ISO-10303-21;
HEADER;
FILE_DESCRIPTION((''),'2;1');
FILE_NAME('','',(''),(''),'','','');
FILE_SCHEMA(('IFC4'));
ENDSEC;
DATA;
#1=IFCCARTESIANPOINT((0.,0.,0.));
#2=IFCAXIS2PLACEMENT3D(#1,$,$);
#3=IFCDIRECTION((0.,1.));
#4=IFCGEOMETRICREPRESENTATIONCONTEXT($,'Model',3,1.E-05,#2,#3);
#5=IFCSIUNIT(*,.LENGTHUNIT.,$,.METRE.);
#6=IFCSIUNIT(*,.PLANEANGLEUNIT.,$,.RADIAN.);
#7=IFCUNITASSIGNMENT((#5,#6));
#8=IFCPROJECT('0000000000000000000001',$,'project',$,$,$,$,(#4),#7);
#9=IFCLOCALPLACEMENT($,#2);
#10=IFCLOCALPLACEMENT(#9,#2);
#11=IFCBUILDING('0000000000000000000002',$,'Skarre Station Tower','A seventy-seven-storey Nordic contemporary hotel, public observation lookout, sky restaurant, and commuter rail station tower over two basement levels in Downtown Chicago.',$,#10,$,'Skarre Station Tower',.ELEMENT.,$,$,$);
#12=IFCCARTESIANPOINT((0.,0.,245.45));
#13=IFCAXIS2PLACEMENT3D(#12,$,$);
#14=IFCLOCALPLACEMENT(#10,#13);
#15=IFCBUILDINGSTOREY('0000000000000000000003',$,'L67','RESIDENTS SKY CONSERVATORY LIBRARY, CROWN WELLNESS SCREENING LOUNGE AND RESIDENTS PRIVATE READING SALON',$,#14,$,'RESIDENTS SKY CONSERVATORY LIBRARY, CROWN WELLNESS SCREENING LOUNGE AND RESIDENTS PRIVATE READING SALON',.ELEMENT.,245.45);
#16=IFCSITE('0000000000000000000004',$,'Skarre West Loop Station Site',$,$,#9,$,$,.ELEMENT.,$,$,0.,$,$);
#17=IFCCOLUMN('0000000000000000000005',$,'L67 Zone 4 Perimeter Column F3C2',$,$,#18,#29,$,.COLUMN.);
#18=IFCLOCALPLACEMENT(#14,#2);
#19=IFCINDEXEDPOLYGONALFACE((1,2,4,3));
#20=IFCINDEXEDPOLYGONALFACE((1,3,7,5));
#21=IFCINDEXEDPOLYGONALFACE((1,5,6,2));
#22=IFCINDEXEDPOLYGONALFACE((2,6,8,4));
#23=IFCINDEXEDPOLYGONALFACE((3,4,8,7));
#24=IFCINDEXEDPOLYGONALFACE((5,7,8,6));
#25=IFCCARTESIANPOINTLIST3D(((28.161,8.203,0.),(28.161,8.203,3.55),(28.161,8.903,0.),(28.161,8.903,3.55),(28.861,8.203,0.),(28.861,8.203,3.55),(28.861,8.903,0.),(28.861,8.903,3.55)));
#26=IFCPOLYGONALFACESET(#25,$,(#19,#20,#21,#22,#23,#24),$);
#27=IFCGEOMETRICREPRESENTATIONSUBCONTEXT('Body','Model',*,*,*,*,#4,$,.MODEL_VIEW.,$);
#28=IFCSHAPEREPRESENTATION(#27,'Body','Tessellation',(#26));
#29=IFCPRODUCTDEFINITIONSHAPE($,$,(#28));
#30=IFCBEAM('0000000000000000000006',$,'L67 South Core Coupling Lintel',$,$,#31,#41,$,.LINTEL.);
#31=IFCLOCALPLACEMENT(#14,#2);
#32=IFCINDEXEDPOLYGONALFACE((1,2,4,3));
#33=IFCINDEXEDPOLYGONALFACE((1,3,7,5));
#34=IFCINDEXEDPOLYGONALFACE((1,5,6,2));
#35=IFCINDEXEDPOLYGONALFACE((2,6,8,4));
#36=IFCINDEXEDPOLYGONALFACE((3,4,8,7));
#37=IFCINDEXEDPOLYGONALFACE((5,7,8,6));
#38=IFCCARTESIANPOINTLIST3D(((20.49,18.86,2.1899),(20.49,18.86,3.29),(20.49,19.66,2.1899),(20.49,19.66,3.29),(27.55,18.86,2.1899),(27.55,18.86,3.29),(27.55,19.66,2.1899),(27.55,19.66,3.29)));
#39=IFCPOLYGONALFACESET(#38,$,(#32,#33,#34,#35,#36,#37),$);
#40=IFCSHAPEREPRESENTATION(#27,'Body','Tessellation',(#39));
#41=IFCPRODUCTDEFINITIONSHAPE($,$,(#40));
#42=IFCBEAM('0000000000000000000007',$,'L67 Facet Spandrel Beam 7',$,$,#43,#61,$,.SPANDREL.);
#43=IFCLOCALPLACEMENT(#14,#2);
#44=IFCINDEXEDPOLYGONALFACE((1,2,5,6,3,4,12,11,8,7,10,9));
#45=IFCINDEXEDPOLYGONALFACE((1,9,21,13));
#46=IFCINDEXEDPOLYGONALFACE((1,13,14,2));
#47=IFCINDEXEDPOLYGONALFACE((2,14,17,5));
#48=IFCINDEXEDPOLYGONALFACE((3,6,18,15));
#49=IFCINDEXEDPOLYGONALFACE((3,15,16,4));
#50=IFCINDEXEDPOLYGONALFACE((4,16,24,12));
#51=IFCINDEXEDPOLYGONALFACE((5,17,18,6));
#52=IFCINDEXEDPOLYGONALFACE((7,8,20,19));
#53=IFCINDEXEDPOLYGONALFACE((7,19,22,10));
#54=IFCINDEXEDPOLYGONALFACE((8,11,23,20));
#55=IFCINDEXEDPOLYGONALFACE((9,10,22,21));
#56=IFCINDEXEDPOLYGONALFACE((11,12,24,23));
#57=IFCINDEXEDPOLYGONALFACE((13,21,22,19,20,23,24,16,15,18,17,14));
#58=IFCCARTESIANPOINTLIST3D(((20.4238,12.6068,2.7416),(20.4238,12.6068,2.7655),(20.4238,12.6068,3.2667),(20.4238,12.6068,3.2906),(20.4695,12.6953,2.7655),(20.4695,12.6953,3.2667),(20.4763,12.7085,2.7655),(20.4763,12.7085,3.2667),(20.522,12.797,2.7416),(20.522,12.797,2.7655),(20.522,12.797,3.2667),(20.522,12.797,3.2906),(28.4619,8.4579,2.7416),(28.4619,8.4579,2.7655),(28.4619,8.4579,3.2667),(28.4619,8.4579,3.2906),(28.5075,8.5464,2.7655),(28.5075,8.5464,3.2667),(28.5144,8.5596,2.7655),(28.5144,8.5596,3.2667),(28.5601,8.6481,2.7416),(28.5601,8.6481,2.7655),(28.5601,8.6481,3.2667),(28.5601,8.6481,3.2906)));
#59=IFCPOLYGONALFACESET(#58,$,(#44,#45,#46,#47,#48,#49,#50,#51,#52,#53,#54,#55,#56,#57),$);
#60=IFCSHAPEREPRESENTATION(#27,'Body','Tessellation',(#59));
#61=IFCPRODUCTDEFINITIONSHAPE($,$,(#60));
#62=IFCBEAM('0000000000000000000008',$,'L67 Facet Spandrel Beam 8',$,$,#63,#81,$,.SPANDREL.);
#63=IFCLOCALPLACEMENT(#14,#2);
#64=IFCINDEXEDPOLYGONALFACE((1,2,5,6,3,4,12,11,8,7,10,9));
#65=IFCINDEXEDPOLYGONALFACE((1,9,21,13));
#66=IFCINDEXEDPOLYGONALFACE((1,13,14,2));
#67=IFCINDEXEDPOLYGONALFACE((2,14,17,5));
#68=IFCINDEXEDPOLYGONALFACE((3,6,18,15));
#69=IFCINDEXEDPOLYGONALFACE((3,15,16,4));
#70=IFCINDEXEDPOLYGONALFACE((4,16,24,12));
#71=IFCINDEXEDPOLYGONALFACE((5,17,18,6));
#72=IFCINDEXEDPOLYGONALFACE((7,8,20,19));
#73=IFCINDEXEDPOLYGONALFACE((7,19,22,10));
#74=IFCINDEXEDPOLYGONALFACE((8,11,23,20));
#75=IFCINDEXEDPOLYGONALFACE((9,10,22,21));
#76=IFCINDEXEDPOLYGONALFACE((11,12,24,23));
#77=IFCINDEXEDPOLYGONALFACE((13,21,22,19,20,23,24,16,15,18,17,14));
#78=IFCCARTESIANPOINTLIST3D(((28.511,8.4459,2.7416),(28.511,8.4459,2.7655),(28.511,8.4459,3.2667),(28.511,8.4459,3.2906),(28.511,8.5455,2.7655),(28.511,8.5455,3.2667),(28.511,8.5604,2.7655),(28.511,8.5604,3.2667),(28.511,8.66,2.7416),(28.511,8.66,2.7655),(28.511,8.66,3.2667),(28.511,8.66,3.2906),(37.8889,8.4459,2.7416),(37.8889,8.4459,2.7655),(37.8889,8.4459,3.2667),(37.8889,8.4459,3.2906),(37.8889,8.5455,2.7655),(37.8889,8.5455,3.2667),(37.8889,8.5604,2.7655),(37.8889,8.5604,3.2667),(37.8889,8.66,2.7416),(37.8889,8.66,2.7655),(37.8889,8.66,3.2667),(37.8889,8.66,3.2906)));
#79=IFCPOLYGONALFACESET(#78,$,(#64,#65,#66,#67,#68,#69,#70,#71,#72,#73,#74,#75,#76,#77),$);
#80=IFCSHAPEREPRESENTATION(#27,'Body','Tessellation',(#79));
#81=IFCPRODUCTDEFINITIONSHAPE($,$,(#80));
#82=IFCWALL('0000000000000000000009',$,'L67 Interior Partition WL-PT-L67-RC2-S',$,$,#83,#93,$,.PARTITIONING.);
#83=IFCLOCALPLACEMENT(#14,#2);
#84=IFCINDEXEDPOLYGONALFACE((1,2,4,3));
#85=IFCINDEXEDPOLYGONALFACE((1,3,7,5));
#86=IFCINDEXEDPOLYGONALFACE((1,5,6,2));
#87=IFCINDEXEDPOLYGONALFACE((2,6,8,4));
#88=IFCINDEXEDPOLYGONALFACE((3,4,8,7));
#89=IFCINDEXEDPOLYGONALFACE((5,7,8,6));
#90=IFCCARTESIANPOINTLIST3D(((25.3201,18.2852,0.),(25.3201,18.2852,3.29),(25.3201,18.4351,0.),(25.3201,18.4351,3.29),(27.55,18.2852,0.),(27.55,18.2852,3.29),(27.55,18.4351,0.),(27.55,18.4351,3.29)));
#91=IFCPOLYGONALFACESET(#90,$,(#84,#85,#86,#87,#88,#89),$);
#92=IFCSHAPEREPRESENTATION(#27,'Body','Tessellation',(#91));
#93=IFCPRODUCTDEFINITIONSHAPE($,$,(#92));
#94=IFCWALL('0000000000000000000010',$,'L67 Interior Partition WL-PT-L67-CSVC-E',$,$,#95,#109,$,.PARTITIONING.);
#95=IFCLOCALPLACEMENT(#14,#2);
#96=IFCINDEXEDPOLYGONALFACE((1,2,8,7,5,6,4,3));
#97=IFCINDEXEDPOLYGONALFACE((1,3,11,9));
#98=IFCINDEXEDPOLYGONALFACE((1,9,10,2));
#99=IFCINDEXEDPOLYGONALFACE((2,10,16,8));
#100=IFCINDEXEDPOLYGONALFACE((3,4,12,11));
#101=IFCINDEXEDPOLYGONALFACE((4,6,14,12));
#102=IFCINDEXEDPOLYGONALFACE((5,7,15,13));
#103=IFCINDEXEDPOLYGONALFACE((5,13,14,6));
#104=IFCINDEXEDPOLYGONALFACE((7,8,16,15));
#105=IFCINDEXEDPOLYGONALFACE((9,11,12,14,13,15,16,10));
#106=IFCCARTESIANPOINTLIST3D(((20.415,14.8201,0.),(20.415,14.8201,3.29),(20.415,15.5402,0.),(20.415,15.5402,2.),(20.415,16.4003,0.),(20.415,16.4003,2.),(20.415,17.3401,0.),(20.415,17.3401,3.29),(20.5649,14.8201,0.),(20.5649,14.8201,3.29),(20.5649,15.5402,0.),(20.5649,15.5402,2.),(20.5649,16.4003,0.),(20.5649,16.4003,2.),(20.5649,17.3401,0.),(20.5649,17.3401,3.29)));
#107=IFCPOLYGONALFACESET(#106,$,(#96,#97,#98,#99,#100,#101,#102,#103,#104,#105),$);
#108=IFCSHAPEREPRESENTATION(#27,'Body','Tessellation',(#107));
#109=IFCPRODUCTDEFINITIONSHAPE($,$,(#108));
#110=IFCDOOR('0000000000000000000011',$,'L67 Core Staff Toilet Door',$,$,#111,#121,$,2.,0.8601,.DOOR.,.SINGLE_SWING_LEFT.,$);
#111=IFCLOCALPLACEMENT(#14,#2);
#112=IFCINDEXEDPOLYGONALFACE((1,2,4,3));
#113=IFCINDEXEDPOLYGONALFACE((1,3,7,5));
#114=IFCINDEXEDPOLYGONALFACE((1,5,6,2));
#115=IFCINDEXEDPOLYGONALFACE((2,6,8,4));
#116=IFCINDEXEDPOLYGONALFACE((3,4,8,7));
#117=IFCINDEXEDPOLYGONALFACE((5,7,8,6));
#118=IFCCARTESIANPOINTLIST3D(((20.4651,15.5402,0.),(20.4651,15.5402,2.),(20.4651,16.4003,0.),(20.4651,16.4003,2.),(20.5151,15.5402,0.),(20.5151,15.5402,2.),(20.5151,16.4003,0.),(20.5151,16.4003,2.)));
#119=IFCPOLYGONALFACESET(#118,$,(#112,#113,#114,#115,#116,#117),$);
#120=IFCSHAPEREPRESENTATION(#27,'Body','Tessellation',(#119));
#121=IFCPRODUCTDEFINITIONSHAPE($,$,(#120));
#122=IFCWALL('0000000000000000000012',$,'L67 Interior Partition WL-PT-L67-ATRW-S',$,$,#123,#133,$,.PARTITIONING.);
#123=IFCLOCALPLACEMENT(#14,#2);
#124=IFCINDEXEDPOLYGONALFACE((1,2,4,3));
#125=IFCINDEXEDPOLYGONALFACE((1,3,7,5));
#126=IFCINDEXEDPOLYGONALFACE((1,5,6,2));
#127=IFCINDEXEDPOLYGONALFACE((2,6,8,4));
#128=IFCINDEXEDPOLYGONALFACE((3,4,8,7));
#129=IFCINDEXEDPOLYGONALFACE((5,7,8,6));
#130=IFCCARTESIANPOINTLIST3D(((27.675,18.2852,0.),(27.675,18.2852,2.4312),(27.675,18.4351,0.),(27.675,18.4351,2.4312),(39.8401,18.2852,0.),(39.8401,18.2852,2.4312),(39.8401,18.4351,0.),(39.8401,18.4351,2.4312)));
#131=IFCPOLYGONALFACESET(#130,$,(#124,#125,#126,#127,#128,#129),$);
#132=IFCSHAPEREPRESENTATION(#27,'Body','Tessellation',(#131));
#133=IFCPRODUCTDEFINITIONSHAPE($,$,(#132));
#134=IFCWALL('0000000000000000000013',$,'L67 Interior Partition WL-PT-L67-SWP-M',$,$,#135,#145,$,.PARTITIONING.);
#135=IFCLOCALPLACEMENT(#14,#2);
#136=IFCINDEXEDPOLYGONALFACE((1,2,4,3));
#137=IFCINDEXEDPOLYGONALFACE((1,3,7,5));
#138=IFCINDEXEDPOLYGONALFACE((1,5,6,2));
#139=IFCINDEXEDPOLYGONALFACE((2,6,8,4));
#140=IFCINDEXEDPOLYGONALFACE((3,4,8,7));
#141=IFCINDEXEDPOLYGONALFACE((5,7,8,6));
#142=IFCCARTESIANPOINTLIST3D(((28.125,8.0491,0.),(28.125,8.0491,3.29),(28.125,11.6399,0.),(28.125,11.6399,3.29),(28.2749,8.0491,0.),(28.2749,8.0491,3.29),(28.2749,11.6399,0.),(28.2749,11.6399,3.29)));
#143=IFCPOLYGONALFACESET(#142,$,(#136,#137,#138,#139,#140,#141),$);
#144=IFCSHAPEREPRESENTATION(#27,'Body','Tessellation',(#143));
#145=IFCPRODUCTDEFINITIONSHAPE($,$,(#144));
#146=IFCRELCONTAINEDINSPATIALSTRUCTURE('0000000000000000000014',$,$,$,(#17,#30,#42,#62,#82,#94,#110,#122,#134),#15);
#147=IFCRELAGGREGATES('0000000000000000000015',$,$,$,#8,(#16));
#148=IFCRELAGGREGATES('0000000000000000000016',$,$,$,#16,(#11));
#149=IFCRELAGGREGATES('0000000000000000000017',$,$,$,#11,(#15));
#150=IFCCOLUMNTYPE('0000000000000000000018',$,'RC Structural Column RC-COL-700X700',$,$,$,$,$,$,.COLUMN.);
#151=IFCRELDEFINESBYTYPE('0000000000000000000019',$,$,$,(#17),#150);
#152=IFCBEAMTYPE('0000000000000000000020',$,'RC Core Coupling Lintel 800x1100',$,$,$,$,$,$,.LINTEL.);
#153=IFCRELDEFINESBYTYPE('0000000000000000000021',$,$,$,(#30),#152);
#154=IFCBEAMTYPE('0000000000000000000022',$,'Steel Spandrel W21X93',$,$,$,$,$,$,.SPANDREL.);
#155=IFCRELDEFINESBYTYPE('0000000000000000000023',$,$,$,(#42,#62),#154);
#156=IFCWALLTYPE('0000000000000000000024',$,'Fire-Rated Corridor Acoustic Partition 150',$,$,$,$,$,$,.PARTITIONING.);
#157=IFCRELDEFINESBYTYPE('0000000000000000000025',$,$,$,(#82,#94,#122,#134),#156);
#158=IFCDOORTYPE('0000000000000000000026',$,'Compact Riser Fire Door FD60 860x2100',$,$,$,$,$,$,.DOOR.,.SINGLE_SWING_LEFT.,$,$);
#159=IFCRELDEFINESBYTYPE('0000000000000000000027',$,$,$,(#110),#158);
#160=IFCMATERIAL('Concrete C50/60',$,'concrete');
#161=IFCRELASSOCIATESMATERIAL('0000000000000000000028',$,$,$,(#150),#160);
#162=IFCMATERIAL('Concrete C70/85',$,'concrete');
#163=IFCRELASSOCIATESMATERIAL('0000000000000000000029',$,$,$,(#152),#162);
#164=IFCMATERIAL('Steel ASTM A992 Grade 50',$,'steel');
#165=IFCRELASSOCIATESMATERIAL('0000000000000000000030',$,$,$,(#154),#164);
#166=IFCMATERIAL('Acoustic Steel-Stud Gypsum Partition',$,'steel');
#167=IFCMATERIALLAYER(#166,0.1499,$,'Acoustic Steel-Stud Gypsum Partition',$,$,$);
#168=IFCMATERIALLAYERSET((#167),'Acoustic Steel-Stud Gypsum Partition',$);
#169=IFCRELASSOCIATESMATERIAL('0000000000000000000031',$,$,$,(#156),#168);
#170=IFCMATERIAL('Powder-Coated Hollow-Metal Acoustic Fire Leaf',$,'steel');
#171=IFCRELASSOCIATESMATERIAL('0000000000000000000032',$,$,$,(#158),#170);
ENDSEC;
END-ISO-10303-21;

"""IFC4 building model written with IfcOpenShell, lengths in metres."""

from ifc_helpers import new_model, si_unit, direction, frame, frame_2d, origin, origin_2d, place, context, subcontext, project, spatial, rectangle, i_section, extrude, material, layer, layer_set, material_profile, profile_set, type_object, element, fill, save


model = new_model("IFC4")

# Units and contexts
model_context = context("Model", 3, precision=1e-05, world=origin(), true_north=direction((0.0, 1.0)))
body_context = subcontext(model_context, "Body", "Model", "MODEL_VIEW")
ifc_project = project(units=[si_unit("LENGTHUNIT", "METRE"), si_unit("PLANEANGLEUNIT", "RADIAN")], contexts=[model_context])

# Site, building, storey
site_placement = place(None, origin())
site = spatial("IfcSite", under=ifc_project, at=site_placement, Name="Skarre West Loop Station Site", CompositionType="ELEMENT", RefElevation=0.0)
building_placement = place(site_placement, origin())
building = spatial("IfcBuilding", under=site, at=building_placement, Name="Skarre Station Tower", Description="A seventy-seven-storey Nordic contemporary hotel, public observation lookout, sky restaurant, and commuter rail station tower over two basement levels in Downtown Chicago.", LongName="Skarre Station Tower", CompositionType="ELEMENT")
storey_placement = place(building_placement, frame((0.0, 0.0, 245.45)))
storey = spatial("IfcBuildingStorey", under=building, at=storey_placement, Name="L67", Description="RESIDENTS SKY CONSERVATORY LIBRARY, CROWN WELLNESS SCREENING LOUNGE AND RESIDENTS PRIVATE READING SALON", LongName="RESIDENTS SKY CONSERVATORY LIBRARY, CROWN WELLNESS SCREENING LOUNGE AND RESIDENTS PRIVATE READING SALON", CompositionType="ELEMENT", Elevation=245.45)

# Column
ifc_material_1 = material(Name="Concrete C50/60", Category="concrete")
ifc_material_profile_1 = material_profile(ifc_material_1, rectangle(XDim=0.7, YDim=0.7, at=origin_2d()), Name="Concrete C50/60")
ifc_profile_set_1 = profile_set([ifc_material_profile_1], Name="Concrete C50/60")
column_type = type_object("IfcColumnType", Name="RC Structural Column RC-COL-700X700", PredefinedType="COLUMN", material=ifc_profile_set_1)
column_placement = place(storey_placement, frame((28.511, 8.553, 0.0), z_axis=(0.0, 0.0, 1.0), x_axis=(1.0, 0.0, 0.0)))
element("IfcColumn", 1, at=column_placement, inside=storey, type_object=column_type, Name="L67 Zone 4 Perimeter Column F3C2", PredefinedType="COLUMN", context=body_context, shape_type="SweptSolid", body=[
    extrude(rectangle(XDim=0.7, YDim=0.7, at=origin_2d()), origin(), (0.0, 0.0, 1.0), 3.55),
])

# Beams
ifc_material_2 = material(Name="Concrete C70/85", Category="concrete")
ifc_material_profile_2 = material_profile(ifc_material_2, rectangle(XDim=0.8, YDim=1.1001, at=origin_2d()), Name="Concrete C70/85")
ifc_profile_set_2 = profile_set([ifc_material_profile_2], Name="Concrete C70/85")
beam_type_1 = type_object("IfcBeamType", Name="RC Core Coupling Lintel 800x1100", PredefinedType="LINTEL", material=ifc_profile_set_2)
beam_1_placement = place(storey_placement, frame((20.49, 19.26, 2.74), z_axis=(1.0, 0.0, 0.0), x_axis=(0.0, 1.0, 0.0)))
element("IfcBeam", 2, at=beam_1_placement, inside=storey, type_object=beam_type_1, Name="L67 South Core Coupling Lintel", PredefinedType="LINTEL", context=body_context, shape_type="SweptSolid", body=[
    extrude(rectangle(XDim=0.8, YDim=1.1001, at=origin_2d()), origin(), (0.0, 0.0, 1.0), 7.0601),
])
ifc_material_3 = material(Name="Steel ASTM A992 Grade 50", Category="steel")
ifc_material_profile_3 = material_profile(ifc_material_3, i_section(OverallWidth=0.2141, OverallDepth=0.5491, WebThickness=0.0149, FlangeThickness=0.0239, at=origin_2d()), Name="Steel ASTM A992 Grade 50")
ifc_profile_set_3 = profile_set([ifc_material_profile_3], Name="Steel ASTM A992 Grade 50")
beam_type_2 = type_object("IfcBeamType", Name="Steel Spandrel W21X93", PredefinedType="SPANDREL", material=ifc_profile_set_3)
beam_2_placement = place(storey_placement, frame((20.4729, 12.7019, 3.0161), z_axis=(0.88861, -0.458664, 0.0), x_axis=(0.458664, 0.88861, 0.0)))
element("IfcBeam", 3, at=beam_2_placement, inside=storey, type_object=beam_type_2, Name="L67 Facet Spandrel Beam 7", PredefinedType="SPANDREL", context=body_context, shape_type="SweptSolid", body=[
    extrude(i_section(OverallWidth=0.2141, OverallDepth=0.5491, WebThickness=0.0149, FlangeThickness=0.0239, at=origin_2d()), origin(), (0.0, 0.0, 1.0), 9.0457),
])
beam_3_placement = place(storey_placement, frame((28.511, 8.553, 3.0161), z_axis=(1.0, 0.0, 0.0), x_axis=(0.0, 1.0, 0.0)))
element("IfcBeam", 4, at=beam_3_placement, inside=storey, type_object=beam_type_2, Name="L67 Facet Spandrel Beam 8", PredefinedType="SPANDREL", context=body_context, shape_type="SweptSolid", body=[
    extrude(i_section(OverallWidth=0.2141, OverallDepth=0.5491, WebThickness=0.0149, FlangeThickness=0.0239, at=origin_2d()), origin(), (0.0, 0.0, 1.0), 9.3779),
])

# Wall
ifc_material_4 = material(Name="Acoustic Steel-Stud Gypsum Partition", Category="steel")
ifc_layer_1 = layer(ifc_material_4, 0.1499, Name="Acoustic Steel-Stud Gypsum Partition")
ifc_layer_set_1 = layer_set([ifc_layer_1], Name="Acoustic Steel-Stud Gypsum Partition")
wall_type_1 = type_object("IfcWallType", Name="Fire-Rated Corridor Acoustic Partition 150", PredefinedType="PARTITIONING", material=ifc_layer_set_1)
wall_1_placement = place(storey_placement, frame((25.3201, 18.3601, 0.0), z_axis=(0.0, 0.0, 1.0), x_axis=(1.0, 0.0, 0.0)))
element("IfcWall", 5, at=wall_1_placement, inside=storey, type_object=wall_type_1, Name="L67 Interior Partition WL-PT-L67-RC2-S", PredefinedType="PARTITIONING", context=body_context, shape_type="SweptSolid", body=[
    extrude(rectangle(XDim=2.23, YDim=0.1499, at=frame_2d((1.115, 0.0))), origin(), (0.0, 0.0, 1.0), 3.29),
])

# Wall, opening, door
wall_2_placement = place(storey_placement, frame((20.49, 14.8201, 0.0), z_axis=(0.0, 0.0, 1.0), x_axis=(0.0, 1.0, 0.0)))
wall_2 = element("IfcWall", 6, at=wall_2_placement, inside=storey, type_object=wall_type_1, Name="L67 Interior Partition WL-PT-L67-CSVC-E", PredefinedType="PARTITIONING", context=body_context, shape_type="SweptSolid", body=[
    extrude(rectangle(XDim=2.52, YDim=0.1499, at=frame_2d((1.26, 0.0))), origin(), (0.0, 0.0, 1.0), 3.29),
])
opening_1_placement = place(wall_2_placement, frame((0.72, 0.0, 0.0)))
opening_1 = element("IfcOpeningElement", 7, at=opening_1_placement, cuts=wall_2, PredefinedType="OPENING", context=body_context, shape_type="SweptSolid", body=[
    extrude(rectangle(XDim=0.8601, YDim=2.0, at=frame_2d((0.4302, 1.0))), frame((0.0, 0.085, 0.0), z_axis=(0.0, -1.0, 0.0), x_axis=(1.0, 0.0, 0.0)), (0.0, 0.0, 1.0), 0.1699),
])
ifc_material_5 = material(Name="Powder-Coated Hollow-Metal Acoustic Fire Leaf", Category="steel")
door_type_1 = type_object("IfcDoorType", Name="Compact Riser Fire Door FD60 860x2100", OperationType="SINGLE_SWING_LEFT", PredefinedType="DOOR", material=ifc_material_5)
door_1_placement = place(opening_1_placement, origin())
door_1 = element("IfcDoor", 8, at=door_1_placement, inside=storey, type_object=door_type_1, Name="L67 Core Staff Toilet Door", OperationType="SINGLE_SWING_LEFT", OverallHeight=2.0, OverallWidth=0.8601, PredefinedType="DOOR", context=body_context, shape_type="SweptSolid", body=[
    extrude(rectangle(XDim=0.8601, YDim=2.0, at=frame_2d((0.4302, 1.0))), frame((0.0, 0.0249, 0.0), z_axis=(0.0, -1.0, 0.0), x_axis=(1.0, 0.0, 0.0)), (0.0, 0.0, 1.0), 0.05),
])
fill(opening_1, door_1)

# Walls
wall_3_placement = place(storey_placement, frame((27.675, 18.3601, 0.0), z_axis=(0.0, 0.0, 1.0), x_axis=(1.0, 0.0, 0.0)))
element("IfcWall", 9, at=wall_3_placement, inside=storey, type_object=wall_type_1, Name="L67 Interior Partition WL-PT-L67-ATRW-S", PredefinedType="PARTITIONING", context=body_context, shape_type="SweptSolid", body=[
    extrude(rectangle(XDim=12.165, YDim=0.1499, at=frame_2d((6.0825, 0.0))), origin(), (0.0, 0.0, 1.0), 2.4312),
])
wall_4_placement = place(storey_placement, frame((28.2, 8.0491, 0.0), z_axis=(0.0, 0.0, 1.0), x_axis=(0.0, 1.0, 0.0)))
element("IfcWall", 10, at=wall_4_placement, inside=storey, type_object=wall_type_1, Name="L67 Interior Partition WL-PT-L67-SWP-M", PredefinedType="PARTITIONING", context=body_context, shape_type="SweptSolid", body=[
    extrude(rectangle(XDim=3.5908, YDim=0.1499, at=frame_2d((1.7954, 0.0))), origin(), (0.0, 0.0, 1.0), 3.29),
])

save(model, "model.ifc")
